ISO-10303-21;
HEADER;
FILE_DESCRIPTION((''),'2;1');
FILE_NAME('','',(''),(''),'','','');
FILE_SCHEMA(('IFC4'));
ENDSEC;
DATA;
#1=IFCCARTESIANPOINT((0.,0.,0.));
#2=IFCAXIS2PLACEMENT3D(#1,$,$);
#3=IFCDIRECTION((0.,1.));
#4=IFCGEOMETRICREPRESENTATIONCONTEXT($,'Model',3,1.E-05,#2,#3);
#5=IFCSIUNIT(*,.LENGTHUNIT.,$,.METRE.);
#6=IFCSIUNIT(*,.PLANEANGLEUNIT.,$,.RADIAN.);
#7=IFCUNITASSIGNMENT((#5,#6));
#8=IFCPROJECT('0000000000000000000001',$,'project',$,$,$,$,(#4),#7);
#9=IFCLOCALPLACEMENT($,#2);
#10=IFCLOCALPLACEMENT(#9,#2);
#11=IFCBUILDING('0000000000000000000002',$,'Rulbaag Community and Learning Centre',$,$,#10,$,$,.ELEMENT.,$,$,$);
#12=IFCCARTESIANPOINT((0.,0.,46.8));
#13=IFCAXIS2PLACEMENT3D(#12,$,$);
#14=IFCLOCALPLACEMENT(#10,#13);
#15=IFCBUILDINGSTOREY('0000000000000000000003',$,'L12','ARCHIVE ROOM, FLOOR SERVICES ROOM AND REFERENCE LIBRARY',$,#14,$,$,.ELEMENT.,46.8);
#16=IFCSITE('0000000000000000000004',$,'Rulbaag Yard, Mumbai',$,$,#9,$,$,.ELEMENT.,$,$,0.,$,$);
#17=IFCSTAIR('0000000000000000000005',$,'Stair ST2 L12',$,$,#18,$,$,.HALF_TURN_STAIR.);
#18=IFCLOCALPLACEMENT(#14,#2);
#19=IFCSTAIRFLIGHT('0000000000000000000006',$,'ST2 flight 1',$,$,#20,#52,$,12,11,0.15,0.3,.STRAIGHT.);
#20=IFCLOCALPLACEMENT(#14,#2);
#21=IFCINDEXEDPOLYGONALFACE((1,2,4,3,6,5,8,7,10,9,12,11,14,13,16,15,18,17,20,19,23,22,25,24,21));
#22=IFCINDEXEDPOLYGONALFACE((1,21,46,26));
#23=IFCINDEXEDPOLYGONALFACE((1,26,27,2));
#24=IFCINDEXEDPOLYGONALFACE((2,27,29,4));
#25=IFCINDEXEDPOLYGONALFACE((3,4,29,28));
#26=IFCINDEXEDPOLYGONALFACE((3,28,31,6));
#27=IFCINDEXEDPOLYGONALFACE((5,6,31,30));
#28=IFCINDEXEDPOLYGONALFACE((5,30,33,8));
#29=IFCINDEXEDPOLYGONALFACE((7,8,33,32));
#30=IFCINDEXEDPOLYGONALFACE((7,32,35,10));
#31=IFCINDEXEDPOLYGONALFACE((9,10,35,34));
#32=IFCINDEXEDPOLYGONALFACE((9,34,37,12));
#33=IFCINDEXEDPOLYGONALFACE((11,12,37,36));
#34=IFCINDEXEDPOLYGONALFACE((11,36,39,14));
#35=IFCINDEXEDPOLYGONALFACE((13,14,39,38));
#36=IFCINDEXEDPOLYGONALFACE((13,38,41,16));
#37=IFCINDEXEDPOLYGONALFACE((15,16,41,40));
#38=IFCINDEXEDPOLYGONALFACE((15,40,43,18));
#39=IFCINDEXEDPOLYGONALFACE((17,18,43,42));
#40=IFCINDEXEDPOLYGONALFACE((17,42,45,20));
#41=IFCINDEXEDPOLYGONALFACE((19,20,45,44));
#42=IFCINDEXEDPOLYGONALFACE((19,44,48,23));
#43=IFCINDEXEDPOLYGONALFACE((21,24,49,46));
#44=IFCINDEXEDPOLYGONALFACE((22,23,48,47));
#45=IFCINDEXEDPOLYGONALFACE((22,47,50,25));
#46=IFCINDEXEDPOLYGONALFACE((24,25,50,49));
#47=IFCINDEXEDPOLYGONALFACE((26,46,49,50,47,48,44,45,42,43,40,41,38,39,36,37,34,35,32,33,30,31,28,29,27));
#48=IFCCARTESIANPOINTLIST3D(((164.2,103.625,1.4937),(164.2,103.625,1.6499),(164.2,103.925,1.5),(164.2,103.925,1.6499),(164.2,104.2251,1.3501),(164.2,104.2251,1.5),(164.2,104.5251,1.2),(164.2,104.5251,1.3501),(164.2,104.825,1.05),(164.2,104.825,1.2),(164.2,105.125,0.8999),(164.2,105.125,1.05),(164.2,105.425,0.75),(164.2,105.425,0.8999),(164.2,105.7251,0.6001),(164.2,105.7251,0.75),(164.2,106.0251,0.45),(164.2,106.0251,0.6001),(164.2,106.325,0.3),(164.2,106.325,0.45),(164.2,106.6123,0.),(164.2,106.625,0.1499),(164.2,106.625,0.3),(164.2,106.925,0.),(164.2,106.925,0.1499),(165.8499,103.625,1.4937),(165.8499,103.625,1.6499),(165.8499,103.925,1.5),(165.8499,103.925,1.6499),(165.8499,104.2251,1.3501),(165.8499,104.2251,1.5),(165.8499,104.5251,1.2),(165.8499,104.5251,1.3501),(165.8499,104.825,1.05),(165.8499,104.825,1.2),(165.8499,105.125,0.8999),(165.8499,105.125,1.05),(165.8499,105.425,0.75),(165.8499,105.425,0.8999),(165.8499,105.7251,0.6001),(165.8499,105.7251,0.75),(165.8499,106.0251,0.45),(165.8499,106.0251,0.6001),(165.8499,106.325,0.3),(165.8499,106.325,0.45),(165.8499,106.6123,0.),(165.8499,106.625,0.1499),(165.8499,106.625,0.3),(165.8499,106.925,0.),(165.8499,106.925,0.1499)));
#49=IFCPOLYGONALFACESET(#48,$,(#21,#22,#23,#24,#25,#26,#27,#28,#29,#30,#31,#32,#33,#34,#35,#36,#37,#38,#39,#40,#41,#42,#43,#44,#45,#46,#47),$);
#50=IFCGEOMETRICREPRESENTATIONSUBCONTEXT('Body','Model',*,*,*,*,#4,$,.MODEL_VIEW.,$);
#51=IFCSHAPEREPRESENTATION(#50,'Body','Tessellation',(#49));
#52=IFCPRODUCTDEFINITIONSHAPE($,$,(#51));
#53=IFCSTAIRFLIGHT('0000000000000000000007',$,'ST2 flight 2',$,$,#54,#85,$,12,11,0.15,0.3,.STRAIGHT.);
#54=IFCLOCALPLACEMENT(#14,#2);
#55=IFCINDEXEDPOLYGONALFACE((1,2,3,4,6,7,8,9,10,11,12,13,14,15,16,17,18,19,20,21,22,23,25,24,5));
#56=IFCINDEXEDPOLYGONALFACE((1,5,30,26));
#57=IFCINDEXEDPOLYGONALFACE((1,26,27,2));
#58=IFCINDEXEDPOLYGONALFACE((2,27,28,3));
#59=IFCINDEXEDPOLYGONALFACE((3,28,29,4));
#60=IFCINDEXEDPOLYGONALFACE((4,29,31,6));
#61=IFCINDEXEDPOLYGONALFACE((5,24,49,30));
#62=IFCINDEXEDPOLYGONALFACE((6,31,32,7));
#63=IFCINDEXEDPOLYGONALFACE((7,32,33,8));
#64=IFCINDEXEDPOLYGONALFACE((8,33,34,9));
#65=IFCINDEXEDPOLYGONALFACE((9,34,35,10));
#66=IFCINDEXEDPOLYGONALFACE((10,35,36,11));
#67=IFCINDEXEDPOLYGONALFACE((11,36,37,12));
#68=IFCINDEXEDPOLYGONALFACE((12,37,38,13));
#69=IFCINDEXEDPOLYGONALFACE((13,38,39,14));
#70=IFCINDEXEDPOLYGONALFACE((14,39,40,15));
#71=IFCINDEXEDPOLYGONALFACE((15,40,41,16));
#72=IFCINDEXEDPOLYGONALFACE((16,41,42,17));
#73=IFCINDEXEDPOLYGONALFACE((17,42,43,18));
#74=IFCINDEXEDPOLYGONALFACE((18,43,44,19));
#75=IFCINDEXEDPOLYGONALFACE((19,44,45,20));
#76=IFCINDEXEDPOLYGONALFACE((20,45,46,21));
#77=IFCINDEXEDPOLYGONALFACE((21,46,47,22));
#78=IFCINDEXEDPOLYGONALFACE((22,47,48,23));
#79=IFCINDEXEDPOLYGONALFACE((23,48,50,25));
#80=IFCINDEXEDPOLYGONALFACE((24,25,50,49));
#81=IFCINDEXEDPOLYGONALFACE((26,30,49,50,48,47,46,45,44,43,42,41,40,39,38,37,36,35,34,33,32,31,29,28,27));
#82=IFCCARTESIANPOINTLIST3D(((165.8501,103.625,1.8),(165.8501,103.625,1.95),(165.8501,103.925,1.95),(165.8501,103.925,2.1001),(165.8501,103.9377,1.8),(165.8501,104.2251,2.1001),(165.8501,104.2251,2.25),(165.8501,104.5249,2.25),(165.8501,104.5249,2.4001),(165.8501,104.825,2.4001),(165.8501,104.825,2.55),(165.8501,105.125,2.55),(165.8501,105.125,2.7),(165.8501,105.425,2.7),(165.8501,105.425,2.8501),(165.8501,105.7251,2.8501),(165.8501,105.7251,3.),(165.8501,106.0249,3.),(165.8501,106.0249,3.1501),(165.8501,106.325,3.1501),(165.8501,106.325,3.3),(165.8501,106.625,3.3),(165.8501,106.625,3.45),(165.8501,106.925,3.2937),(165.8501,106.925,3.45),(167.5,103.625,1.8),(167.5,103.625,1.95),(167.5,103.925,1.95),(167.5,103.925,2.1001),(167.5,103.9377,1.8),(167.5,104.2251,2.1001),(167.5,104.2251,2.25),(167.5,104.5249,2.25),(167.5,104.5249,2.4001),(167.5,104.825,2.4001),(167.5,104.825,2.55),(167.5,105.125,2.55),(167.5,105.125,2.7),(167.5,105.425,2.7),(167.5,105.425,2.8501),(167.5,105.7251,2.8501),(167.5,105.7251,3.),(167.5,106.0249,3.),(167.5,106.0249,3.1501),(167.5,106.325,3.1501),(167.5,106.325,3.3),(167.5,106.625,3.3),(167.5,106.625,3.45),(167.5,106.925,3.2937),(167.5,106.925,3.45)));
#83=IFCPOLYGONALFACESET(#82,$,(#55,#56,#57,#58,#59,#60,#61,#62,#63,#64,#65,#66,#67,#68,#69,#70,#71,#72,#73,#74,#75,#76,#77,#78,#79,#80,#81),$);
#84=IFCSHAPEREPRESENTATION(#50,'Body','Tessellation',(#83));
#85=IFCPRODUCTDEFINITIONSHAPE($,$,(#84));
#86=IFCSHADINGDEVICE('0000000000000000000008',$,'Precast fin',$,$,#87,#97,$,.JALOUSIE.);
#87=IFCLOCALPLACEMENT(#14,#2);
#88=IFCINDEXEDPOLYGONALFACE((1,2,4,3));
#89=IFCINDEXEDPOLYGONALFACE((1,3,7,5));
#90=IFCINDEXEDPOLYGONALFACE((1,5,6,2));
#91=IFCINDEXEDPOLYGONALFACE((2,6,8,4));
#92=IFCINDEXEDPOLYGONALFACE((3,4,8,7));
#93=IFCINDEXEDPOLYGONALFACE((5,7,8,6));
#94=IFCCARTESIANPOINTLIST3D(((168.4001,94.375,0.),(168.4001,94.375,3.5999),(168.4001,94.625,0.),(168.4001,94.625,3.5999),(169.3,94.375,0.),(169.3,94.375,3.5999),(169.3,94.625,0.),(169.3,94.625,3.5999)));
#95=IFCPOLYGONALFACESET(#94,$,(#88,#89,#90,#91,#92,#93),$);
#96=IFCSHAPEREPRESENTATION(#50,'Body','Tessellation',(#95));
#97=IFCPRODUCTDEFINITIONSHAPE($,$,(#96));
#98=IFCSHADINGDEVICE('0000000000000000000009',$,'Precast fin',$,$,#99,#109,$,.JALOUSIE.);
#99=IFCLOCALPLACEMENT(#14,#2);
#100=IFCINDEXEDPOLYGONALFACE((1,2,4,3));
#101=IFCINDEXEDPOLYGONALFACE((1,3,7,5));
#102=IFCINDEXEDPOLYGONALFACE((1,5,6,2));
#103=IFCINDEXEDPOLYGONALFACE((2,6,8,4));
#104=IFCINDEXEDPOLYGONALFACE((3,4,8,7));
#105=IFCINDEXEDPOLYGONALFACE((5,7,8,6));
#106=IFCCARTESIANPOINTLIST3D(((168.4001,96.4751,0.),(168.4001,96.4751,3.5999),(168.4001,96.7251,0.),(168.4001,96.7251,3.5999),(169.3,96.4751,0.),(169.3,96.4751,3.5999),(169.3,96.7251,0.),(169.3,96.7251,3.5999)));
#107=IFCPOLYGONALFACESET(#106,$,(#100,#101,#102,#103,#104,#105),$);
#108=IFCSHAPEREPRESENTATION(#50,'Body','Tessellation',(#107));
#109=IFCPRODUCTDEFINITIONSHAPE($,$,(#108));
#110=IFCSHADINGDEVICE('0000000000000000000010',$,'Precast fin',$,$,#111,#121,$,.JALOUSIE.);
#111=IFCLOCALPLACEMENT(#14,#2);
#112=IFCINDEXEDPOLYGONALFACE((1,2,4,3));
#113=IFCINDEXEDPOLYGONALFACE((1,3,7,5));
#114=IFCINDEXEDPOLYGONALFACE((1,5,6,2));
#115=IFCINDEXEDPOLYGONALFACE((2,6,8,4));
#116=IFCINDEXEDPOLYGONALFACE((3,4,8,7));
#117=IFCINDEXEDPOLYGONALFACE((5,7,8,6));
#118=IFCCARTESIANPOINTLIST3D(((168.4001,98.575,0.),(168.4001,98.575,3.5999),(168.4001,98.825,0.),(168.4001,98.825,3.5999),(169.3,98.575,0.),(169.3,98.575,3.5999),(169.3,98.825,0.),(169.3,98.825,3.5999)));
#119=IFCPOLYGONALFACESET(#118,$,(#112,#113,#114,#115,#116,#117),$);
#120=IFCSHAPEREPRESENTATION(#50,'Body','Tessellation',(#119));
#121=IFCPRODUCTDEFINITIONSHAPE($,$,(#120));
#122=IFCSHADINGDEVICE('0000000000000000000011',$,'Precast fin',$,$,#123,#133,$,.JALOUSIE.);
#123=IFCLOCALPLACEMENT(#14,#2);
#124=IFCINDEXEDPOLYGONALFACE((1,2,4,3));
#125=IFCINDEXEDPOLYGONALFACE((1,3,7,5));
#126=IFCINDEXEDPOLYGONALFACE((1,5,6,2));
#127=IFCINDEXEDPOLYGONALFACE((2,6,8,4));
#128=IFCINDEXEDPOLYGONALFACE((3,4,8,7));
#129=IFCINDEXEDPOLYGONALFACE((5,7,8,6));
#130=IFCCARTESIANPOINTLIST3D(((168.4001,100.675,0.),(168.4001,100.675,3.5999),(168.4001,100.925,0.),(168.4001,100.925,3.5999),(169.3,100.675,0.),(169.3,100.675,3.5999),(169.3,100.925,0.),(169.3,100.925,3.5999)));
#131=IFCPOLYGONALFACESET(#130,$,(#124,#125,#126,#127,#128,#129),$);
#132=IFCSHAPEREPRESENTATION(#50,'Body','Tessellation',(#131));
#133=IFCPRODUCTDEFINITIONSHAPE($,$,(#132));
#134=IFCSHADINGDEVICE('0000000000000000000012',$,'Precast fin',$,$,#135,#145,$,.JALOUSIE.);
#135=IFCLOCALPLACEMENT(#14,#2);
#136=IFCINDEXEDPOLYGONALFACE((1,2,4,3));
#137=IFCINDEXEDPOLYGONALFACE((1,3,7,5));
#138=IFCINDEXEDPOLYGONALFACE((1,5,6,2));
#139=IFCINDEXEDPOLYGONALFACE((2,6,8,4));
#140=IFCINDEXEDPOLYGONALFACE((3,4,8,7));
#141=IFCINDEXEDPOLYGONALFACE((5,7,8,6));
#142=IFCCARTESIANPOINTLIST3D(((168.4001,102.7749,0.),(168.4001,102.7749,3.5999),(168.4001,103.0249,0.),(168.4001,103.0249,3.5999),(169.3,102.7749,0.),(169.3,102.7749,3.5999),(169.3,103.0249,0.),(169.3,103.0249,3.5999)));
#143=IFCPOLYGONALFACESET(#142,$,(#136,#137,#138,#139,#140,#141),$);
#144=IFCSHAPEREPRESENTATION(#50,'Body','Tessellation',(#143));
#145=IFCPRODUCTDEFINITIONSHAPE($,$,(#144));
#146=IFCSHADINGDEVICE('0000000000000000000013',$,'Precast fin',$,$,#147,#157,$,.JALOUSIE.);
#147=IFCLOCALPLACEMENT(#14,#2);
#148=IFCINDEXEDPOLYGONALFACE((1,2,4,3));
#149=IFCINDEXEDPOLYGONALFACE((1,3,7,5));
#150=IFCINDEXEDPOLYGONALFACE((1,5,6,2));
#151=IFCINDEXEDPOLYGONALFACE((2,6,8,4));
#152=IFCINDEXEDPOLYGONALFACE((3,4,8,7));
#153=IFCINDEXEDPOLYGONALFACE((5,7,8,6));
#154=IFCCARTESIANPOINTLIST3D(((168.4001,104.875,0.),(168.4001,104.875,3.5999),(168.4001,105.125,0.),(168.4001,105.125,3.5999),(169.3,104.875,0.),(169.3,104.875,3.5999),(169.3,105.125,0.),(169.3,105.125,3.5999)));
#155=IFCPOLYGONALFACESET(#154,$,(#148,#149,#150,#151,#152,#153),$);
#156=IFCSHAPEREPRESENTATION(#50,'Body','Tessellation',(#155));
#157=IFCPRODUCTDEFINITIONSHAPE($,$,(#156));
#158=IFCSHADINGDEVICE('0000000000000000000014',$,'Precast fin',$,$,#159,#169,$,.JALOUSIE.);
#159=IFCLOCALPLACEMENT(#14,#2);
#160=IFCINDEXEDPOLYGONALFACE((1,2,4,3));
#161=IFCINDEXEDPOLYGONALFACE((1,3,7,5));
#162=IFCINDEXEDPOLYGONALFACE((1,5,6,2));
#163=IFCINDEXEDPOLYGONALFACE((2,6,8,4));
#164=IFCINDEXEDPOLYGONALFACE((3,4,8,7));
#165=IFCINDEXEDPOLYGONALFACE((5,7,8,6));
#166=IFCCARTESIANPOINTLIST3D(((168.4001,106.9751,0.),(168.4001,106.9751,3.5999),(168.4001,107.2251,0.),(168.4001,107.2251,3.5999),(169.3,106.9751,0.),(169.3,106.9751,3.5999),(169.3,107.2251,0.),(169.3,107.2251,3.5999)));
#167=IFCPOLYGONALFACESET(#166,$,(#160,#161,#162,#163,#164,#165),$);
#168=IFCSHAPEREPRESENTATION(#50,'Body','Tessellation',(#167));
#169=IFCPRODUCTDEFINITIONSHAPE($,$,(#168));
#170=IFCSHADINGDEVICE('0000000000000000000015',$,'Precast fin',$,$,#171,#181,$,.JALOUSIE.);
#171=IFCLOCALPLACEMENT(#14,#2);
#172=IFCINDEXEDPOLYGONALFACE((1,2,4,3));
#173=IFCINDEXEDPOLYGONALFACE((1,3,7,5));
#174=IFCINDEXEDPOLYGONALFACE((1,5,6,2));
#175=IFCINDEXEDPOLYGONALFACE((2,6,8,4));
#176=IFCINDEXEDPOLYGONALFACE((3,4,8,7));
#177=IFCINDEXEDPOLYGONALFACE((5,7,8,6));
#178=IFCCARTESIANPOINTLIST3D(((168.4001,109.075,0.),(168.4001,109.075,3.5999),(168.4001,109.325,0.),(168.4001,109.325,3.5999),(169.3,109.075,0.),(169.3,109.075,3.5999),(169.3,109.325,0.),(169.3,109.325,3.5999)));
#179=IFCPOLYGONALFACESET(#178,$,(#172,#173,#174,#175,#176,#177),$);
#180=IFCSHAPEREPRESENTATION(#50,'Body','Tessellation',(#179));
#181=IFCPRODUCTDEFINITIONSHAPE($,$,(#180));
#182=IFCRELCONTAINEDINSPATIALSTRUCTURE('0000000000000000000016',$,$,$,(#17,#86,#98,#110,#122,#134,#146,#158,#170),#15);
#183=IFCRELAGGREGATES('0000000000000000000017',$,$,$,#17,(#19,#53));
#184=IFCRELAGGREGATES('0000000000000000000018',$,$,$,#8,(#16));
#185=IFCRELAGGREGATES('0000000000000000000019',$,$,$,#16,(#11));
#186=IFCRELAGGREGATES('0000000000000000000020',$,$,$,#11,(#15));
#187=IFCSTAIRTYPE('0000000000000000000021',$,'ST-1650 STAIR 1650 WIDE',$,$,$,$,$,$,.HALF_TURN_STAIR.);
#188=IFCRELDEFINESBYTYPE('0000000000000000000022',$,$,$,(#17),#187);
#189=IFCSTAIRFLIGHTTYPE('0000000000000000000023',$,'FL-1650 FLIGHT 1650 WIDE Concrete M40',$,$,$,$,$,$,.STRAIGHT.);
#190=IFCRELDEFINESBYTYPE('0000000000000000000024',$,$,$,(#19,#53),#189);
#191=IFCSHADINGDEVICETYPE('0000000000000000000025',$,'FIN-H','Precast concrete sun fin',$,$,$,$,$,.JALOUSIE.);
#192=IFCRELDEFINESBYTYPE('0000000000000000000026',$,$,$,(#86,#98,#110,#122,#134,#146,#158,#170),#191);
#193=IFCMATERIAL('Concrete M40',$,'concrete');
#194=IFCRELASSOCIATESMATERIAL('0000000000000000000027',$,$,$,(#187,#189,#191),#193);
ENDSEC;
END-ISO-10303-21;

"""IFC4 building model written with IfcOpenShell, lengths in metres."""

from ifc_helpers import new_model, si_unit, direction, frame, origin, origin_2d, place, context, subcontext, project, spatial, polyline, rectangle, outline, extrude, material, material_profile, profile_set, type_object, element, aggregate, save


model = new_model("IFC4")

# Units and contexts
model_context = context("Model", 3, precision=1e-05, world=origin(), true_north=direction((0.0, 1.0)))
body_context = subcontext(model_context, "Body", "Model", "MODEL_VIEW")
ifc_project = project(units=[si_unit("LENGTHUNIT", "METRE"), si_unit("PLANEANGLEUNIT", "RADIAN")], contexts=[model_context])

# Site, building, storey
site_placement = place(None, origin())
site = spatial("IfcSite", under=ifc_project, at=site_placement, Name="Rulbaag Yard, Mumbai", CompositionType="ELEMENT", RefElevation=0.0)
building_placement = place(site_placement, origin())
building = spatial("IfcBuilding", under=site, at=building_placement, Name="Rulbaag Community and Learning Centre", CompositionType="ELEMENT")
storey_placement = place(building_placement, frame((0.0, 0.0, 46.8)))
storey = spatial("IfcBuildingStorey", under=building, at=storey_placement, Name="L12", Description="ARCHIVE ROOM, FLOOR SERVICES ROOM AND REFERENCE LIBRARY", CompositionType="ELEMENT", Elevation=46.8)

# Shared definitions
ifc_material_1 = material(Name="Concrete M40", Category="concrete")

# Stair, stair flights
stair_type = type_object("IfcStairType", Name="ST-1650 STAIR 1650 WIDE", PredefinedType="HALF_TURN_STAIR", material=ifc_material_1)
stair_placement = place(storey_placement, origin())
stair = element("IfcStair", 1, at=stair_placement, inside=storey, type_object=stair_type, Name="Stair ST2 L12", PredefinedType="HALF_TURN_STAIR")
stair_flight_type = type_object("IfcStairFlightType", Name="FL-1650 FLIGHT 1650 WIDE Concrete M40", PredefinedType="STRAIGHT", material=ifc_material_1)
stair_flight_1_placement = place(storey_placement, frame((165.0249, 106.925, 0.0), z_axis=(0.0, 0.0, 1.0), x_axis=(0.0, -1.0, 0.0)))
stair_flight_1 = element("IfcStairFlight", 2, at=stair_flight_1_placement, type_object=stair_flight_type, Name="ST2 flight 1", NumberOfRisers=12, NumberOfTreads=11, PredefinedType="STRAIGHT", RiserHeight=0.15, TreadLength=0.3, context=body_context, shape_type="SweptSolid", body=[
    extrude(outline(polyline([(0.0, 0.0), (0.0, 0.1499), (0.3, 0.1499), (0.3, 0.3), (0.6001, 0.3), (0.6001, 0.45), (0.8999, 0.45), (0.8999, 0.6001), (1.2, 0.6001), (1.2, 0.75), (1.5, 0.75), (1.5, 0.8999), (1.8, 0.8999), (1.8, 1.05), (2.1001, 1.05), (2.1001, 1.2), (2.3999, 1.2), (2.3999, 1.3501), (2.7, 1.3501), (2.7, 1.5), (3.0, 1.5), (3.0, 1.6499), (3.3, 1.6499), (3.3, 1.4937), (0.3127, 0.0), (0.0, 0.0)])), frame((0.0, 0.825, 0.0), z_axis=(0.0, -1.0, 0.0), x_axis=(1.0, 0.0, 0.0)), (0.0, 0.0, 1.0), 1.6499),
])
stair_flight_2_placement = place(storey_placement, frame((166.675, 103.625, 1.8), z_axis=(0.0, 0.0, 1.0), x_axis=(0.0, 1.0, 0.0)))
stair_flight_2 = element("IfcStairFlight", 3, at=stair_flight_2_placement, type_object=stair_flight_type, Name="ST2 flight 2", NumberOfRisers=12, NumberOfTreads=11, PredefinedType="STRAIGHT", RiserHeight=0.15, TreadLength=0.3, context=body_context, shape_type="SweptSolid", body=[
    extrude(outline(polyline([(0.0, 0.0), (0.0, 0.1499), (0.3, 0.1499), (0.3, 0.3), (0.6001, 0.3), (0.6001, 0.45), (0.8999, 0.45), (0.8999, 0.6001), (1.2, 0.6001), (1.2, 0.75), (1.5, 0.75), (1.5, 0.8999), (1.8, 0.8999), (1.8, 1.05), (2.1001, 1.05), (2.1001, 1.2), (2.3999, 1.2), (2.3999, 1.3501), (2.7, 1.3501), (2.7, 1.5), (3.0, 1.5), (3.0, 1.6499), (3.3, 1.6499), (3.3, 1.4937), (0.3127, 0.0), (0.0, 0.0)])), frame((0.0, 0.825, 0.0), z_axis=(0.0, -1.0, 0.0), x_axis=(1.0, 0.0, 0.0)), (0.0, 0.0, 1.0), 1.6499),
])
aggregate(stair, [stair_flight_1, stair_flight_2])

# Shading devices
ifc_material_profile_1 = material_profile(ifc_material_1, rectangle(XDim=0.25, YDim=0.8999, at=origin_2d()), Name="PC 250x900")
ifc_profile_set_1 = profile_set([ifc_material_profile_1], Name="Concrete M40")
shading_device_type = type_object("IfcShadingDeviceType", Name="FIN-H", Description="Precast concrete sun fin", PredefinedType="JALOUSIE", material=ifc_profile_set_1)
for number, where, z_axis, x_axis, name in (
    (4, (168.8501, 94.5, 0.0), (0.0, 0.0, 1.0), (0.0, 1.0, 0.0), "Precast fin"),
    (5, (168.8501, 96.6001, 0.0), (0.0, 0.0, 1.0), (0.0, 1.0, 0.0), "Precast fin"),
    (6, (168.8501, 98.7, 0.0), (0.0, 0.0, 1.0), (0.0, 1.0, 0.0), "Precast fin"),
    (7, (168.8501, 100.8, 0.0), (0.0, 0.0, 1.0), (0.0, 1.0, 0.0), "Precast fin"),
    (8, (168.8501, 102.8999, 0.0), (0.0, 0.0, 1.0), (0.0, 1.0, 0.0), "Precast fin"),
    (9, (168.8501, 105.0, 0.0), (0.0, 0.0, 1.0), (0.0, 1.0, 0.0), "Precast fin"),
    (10, (168.8501, 107.1001, 0.0), (0.0, 0.0, 1.0), (0.0, 1.0, 0.0), "Precast fin"),
    (11, (168.8501, 109.2, 0.0), (0.0, 0.0, 1.0), (0.0, 1.0, 0.0), "Precast fin"),
):
    element("IfcShadingDevice", number, at=place(storey_placement, frame(where, z_axis=z_axis, x_axis=x_axis)), inside=storey, type_object=shading_device_type, Name=name, PredefinedType="JALOUSIE", context=body_context, shape_type="SweptSolid", body=[
        extrude(rectangle(XDim=0.25, YDim=0.8999, at=origin_2d()), origin(), (0.0, 0.0, 1.0), 3.5999),
    ])

save(model, "model.ifc")
